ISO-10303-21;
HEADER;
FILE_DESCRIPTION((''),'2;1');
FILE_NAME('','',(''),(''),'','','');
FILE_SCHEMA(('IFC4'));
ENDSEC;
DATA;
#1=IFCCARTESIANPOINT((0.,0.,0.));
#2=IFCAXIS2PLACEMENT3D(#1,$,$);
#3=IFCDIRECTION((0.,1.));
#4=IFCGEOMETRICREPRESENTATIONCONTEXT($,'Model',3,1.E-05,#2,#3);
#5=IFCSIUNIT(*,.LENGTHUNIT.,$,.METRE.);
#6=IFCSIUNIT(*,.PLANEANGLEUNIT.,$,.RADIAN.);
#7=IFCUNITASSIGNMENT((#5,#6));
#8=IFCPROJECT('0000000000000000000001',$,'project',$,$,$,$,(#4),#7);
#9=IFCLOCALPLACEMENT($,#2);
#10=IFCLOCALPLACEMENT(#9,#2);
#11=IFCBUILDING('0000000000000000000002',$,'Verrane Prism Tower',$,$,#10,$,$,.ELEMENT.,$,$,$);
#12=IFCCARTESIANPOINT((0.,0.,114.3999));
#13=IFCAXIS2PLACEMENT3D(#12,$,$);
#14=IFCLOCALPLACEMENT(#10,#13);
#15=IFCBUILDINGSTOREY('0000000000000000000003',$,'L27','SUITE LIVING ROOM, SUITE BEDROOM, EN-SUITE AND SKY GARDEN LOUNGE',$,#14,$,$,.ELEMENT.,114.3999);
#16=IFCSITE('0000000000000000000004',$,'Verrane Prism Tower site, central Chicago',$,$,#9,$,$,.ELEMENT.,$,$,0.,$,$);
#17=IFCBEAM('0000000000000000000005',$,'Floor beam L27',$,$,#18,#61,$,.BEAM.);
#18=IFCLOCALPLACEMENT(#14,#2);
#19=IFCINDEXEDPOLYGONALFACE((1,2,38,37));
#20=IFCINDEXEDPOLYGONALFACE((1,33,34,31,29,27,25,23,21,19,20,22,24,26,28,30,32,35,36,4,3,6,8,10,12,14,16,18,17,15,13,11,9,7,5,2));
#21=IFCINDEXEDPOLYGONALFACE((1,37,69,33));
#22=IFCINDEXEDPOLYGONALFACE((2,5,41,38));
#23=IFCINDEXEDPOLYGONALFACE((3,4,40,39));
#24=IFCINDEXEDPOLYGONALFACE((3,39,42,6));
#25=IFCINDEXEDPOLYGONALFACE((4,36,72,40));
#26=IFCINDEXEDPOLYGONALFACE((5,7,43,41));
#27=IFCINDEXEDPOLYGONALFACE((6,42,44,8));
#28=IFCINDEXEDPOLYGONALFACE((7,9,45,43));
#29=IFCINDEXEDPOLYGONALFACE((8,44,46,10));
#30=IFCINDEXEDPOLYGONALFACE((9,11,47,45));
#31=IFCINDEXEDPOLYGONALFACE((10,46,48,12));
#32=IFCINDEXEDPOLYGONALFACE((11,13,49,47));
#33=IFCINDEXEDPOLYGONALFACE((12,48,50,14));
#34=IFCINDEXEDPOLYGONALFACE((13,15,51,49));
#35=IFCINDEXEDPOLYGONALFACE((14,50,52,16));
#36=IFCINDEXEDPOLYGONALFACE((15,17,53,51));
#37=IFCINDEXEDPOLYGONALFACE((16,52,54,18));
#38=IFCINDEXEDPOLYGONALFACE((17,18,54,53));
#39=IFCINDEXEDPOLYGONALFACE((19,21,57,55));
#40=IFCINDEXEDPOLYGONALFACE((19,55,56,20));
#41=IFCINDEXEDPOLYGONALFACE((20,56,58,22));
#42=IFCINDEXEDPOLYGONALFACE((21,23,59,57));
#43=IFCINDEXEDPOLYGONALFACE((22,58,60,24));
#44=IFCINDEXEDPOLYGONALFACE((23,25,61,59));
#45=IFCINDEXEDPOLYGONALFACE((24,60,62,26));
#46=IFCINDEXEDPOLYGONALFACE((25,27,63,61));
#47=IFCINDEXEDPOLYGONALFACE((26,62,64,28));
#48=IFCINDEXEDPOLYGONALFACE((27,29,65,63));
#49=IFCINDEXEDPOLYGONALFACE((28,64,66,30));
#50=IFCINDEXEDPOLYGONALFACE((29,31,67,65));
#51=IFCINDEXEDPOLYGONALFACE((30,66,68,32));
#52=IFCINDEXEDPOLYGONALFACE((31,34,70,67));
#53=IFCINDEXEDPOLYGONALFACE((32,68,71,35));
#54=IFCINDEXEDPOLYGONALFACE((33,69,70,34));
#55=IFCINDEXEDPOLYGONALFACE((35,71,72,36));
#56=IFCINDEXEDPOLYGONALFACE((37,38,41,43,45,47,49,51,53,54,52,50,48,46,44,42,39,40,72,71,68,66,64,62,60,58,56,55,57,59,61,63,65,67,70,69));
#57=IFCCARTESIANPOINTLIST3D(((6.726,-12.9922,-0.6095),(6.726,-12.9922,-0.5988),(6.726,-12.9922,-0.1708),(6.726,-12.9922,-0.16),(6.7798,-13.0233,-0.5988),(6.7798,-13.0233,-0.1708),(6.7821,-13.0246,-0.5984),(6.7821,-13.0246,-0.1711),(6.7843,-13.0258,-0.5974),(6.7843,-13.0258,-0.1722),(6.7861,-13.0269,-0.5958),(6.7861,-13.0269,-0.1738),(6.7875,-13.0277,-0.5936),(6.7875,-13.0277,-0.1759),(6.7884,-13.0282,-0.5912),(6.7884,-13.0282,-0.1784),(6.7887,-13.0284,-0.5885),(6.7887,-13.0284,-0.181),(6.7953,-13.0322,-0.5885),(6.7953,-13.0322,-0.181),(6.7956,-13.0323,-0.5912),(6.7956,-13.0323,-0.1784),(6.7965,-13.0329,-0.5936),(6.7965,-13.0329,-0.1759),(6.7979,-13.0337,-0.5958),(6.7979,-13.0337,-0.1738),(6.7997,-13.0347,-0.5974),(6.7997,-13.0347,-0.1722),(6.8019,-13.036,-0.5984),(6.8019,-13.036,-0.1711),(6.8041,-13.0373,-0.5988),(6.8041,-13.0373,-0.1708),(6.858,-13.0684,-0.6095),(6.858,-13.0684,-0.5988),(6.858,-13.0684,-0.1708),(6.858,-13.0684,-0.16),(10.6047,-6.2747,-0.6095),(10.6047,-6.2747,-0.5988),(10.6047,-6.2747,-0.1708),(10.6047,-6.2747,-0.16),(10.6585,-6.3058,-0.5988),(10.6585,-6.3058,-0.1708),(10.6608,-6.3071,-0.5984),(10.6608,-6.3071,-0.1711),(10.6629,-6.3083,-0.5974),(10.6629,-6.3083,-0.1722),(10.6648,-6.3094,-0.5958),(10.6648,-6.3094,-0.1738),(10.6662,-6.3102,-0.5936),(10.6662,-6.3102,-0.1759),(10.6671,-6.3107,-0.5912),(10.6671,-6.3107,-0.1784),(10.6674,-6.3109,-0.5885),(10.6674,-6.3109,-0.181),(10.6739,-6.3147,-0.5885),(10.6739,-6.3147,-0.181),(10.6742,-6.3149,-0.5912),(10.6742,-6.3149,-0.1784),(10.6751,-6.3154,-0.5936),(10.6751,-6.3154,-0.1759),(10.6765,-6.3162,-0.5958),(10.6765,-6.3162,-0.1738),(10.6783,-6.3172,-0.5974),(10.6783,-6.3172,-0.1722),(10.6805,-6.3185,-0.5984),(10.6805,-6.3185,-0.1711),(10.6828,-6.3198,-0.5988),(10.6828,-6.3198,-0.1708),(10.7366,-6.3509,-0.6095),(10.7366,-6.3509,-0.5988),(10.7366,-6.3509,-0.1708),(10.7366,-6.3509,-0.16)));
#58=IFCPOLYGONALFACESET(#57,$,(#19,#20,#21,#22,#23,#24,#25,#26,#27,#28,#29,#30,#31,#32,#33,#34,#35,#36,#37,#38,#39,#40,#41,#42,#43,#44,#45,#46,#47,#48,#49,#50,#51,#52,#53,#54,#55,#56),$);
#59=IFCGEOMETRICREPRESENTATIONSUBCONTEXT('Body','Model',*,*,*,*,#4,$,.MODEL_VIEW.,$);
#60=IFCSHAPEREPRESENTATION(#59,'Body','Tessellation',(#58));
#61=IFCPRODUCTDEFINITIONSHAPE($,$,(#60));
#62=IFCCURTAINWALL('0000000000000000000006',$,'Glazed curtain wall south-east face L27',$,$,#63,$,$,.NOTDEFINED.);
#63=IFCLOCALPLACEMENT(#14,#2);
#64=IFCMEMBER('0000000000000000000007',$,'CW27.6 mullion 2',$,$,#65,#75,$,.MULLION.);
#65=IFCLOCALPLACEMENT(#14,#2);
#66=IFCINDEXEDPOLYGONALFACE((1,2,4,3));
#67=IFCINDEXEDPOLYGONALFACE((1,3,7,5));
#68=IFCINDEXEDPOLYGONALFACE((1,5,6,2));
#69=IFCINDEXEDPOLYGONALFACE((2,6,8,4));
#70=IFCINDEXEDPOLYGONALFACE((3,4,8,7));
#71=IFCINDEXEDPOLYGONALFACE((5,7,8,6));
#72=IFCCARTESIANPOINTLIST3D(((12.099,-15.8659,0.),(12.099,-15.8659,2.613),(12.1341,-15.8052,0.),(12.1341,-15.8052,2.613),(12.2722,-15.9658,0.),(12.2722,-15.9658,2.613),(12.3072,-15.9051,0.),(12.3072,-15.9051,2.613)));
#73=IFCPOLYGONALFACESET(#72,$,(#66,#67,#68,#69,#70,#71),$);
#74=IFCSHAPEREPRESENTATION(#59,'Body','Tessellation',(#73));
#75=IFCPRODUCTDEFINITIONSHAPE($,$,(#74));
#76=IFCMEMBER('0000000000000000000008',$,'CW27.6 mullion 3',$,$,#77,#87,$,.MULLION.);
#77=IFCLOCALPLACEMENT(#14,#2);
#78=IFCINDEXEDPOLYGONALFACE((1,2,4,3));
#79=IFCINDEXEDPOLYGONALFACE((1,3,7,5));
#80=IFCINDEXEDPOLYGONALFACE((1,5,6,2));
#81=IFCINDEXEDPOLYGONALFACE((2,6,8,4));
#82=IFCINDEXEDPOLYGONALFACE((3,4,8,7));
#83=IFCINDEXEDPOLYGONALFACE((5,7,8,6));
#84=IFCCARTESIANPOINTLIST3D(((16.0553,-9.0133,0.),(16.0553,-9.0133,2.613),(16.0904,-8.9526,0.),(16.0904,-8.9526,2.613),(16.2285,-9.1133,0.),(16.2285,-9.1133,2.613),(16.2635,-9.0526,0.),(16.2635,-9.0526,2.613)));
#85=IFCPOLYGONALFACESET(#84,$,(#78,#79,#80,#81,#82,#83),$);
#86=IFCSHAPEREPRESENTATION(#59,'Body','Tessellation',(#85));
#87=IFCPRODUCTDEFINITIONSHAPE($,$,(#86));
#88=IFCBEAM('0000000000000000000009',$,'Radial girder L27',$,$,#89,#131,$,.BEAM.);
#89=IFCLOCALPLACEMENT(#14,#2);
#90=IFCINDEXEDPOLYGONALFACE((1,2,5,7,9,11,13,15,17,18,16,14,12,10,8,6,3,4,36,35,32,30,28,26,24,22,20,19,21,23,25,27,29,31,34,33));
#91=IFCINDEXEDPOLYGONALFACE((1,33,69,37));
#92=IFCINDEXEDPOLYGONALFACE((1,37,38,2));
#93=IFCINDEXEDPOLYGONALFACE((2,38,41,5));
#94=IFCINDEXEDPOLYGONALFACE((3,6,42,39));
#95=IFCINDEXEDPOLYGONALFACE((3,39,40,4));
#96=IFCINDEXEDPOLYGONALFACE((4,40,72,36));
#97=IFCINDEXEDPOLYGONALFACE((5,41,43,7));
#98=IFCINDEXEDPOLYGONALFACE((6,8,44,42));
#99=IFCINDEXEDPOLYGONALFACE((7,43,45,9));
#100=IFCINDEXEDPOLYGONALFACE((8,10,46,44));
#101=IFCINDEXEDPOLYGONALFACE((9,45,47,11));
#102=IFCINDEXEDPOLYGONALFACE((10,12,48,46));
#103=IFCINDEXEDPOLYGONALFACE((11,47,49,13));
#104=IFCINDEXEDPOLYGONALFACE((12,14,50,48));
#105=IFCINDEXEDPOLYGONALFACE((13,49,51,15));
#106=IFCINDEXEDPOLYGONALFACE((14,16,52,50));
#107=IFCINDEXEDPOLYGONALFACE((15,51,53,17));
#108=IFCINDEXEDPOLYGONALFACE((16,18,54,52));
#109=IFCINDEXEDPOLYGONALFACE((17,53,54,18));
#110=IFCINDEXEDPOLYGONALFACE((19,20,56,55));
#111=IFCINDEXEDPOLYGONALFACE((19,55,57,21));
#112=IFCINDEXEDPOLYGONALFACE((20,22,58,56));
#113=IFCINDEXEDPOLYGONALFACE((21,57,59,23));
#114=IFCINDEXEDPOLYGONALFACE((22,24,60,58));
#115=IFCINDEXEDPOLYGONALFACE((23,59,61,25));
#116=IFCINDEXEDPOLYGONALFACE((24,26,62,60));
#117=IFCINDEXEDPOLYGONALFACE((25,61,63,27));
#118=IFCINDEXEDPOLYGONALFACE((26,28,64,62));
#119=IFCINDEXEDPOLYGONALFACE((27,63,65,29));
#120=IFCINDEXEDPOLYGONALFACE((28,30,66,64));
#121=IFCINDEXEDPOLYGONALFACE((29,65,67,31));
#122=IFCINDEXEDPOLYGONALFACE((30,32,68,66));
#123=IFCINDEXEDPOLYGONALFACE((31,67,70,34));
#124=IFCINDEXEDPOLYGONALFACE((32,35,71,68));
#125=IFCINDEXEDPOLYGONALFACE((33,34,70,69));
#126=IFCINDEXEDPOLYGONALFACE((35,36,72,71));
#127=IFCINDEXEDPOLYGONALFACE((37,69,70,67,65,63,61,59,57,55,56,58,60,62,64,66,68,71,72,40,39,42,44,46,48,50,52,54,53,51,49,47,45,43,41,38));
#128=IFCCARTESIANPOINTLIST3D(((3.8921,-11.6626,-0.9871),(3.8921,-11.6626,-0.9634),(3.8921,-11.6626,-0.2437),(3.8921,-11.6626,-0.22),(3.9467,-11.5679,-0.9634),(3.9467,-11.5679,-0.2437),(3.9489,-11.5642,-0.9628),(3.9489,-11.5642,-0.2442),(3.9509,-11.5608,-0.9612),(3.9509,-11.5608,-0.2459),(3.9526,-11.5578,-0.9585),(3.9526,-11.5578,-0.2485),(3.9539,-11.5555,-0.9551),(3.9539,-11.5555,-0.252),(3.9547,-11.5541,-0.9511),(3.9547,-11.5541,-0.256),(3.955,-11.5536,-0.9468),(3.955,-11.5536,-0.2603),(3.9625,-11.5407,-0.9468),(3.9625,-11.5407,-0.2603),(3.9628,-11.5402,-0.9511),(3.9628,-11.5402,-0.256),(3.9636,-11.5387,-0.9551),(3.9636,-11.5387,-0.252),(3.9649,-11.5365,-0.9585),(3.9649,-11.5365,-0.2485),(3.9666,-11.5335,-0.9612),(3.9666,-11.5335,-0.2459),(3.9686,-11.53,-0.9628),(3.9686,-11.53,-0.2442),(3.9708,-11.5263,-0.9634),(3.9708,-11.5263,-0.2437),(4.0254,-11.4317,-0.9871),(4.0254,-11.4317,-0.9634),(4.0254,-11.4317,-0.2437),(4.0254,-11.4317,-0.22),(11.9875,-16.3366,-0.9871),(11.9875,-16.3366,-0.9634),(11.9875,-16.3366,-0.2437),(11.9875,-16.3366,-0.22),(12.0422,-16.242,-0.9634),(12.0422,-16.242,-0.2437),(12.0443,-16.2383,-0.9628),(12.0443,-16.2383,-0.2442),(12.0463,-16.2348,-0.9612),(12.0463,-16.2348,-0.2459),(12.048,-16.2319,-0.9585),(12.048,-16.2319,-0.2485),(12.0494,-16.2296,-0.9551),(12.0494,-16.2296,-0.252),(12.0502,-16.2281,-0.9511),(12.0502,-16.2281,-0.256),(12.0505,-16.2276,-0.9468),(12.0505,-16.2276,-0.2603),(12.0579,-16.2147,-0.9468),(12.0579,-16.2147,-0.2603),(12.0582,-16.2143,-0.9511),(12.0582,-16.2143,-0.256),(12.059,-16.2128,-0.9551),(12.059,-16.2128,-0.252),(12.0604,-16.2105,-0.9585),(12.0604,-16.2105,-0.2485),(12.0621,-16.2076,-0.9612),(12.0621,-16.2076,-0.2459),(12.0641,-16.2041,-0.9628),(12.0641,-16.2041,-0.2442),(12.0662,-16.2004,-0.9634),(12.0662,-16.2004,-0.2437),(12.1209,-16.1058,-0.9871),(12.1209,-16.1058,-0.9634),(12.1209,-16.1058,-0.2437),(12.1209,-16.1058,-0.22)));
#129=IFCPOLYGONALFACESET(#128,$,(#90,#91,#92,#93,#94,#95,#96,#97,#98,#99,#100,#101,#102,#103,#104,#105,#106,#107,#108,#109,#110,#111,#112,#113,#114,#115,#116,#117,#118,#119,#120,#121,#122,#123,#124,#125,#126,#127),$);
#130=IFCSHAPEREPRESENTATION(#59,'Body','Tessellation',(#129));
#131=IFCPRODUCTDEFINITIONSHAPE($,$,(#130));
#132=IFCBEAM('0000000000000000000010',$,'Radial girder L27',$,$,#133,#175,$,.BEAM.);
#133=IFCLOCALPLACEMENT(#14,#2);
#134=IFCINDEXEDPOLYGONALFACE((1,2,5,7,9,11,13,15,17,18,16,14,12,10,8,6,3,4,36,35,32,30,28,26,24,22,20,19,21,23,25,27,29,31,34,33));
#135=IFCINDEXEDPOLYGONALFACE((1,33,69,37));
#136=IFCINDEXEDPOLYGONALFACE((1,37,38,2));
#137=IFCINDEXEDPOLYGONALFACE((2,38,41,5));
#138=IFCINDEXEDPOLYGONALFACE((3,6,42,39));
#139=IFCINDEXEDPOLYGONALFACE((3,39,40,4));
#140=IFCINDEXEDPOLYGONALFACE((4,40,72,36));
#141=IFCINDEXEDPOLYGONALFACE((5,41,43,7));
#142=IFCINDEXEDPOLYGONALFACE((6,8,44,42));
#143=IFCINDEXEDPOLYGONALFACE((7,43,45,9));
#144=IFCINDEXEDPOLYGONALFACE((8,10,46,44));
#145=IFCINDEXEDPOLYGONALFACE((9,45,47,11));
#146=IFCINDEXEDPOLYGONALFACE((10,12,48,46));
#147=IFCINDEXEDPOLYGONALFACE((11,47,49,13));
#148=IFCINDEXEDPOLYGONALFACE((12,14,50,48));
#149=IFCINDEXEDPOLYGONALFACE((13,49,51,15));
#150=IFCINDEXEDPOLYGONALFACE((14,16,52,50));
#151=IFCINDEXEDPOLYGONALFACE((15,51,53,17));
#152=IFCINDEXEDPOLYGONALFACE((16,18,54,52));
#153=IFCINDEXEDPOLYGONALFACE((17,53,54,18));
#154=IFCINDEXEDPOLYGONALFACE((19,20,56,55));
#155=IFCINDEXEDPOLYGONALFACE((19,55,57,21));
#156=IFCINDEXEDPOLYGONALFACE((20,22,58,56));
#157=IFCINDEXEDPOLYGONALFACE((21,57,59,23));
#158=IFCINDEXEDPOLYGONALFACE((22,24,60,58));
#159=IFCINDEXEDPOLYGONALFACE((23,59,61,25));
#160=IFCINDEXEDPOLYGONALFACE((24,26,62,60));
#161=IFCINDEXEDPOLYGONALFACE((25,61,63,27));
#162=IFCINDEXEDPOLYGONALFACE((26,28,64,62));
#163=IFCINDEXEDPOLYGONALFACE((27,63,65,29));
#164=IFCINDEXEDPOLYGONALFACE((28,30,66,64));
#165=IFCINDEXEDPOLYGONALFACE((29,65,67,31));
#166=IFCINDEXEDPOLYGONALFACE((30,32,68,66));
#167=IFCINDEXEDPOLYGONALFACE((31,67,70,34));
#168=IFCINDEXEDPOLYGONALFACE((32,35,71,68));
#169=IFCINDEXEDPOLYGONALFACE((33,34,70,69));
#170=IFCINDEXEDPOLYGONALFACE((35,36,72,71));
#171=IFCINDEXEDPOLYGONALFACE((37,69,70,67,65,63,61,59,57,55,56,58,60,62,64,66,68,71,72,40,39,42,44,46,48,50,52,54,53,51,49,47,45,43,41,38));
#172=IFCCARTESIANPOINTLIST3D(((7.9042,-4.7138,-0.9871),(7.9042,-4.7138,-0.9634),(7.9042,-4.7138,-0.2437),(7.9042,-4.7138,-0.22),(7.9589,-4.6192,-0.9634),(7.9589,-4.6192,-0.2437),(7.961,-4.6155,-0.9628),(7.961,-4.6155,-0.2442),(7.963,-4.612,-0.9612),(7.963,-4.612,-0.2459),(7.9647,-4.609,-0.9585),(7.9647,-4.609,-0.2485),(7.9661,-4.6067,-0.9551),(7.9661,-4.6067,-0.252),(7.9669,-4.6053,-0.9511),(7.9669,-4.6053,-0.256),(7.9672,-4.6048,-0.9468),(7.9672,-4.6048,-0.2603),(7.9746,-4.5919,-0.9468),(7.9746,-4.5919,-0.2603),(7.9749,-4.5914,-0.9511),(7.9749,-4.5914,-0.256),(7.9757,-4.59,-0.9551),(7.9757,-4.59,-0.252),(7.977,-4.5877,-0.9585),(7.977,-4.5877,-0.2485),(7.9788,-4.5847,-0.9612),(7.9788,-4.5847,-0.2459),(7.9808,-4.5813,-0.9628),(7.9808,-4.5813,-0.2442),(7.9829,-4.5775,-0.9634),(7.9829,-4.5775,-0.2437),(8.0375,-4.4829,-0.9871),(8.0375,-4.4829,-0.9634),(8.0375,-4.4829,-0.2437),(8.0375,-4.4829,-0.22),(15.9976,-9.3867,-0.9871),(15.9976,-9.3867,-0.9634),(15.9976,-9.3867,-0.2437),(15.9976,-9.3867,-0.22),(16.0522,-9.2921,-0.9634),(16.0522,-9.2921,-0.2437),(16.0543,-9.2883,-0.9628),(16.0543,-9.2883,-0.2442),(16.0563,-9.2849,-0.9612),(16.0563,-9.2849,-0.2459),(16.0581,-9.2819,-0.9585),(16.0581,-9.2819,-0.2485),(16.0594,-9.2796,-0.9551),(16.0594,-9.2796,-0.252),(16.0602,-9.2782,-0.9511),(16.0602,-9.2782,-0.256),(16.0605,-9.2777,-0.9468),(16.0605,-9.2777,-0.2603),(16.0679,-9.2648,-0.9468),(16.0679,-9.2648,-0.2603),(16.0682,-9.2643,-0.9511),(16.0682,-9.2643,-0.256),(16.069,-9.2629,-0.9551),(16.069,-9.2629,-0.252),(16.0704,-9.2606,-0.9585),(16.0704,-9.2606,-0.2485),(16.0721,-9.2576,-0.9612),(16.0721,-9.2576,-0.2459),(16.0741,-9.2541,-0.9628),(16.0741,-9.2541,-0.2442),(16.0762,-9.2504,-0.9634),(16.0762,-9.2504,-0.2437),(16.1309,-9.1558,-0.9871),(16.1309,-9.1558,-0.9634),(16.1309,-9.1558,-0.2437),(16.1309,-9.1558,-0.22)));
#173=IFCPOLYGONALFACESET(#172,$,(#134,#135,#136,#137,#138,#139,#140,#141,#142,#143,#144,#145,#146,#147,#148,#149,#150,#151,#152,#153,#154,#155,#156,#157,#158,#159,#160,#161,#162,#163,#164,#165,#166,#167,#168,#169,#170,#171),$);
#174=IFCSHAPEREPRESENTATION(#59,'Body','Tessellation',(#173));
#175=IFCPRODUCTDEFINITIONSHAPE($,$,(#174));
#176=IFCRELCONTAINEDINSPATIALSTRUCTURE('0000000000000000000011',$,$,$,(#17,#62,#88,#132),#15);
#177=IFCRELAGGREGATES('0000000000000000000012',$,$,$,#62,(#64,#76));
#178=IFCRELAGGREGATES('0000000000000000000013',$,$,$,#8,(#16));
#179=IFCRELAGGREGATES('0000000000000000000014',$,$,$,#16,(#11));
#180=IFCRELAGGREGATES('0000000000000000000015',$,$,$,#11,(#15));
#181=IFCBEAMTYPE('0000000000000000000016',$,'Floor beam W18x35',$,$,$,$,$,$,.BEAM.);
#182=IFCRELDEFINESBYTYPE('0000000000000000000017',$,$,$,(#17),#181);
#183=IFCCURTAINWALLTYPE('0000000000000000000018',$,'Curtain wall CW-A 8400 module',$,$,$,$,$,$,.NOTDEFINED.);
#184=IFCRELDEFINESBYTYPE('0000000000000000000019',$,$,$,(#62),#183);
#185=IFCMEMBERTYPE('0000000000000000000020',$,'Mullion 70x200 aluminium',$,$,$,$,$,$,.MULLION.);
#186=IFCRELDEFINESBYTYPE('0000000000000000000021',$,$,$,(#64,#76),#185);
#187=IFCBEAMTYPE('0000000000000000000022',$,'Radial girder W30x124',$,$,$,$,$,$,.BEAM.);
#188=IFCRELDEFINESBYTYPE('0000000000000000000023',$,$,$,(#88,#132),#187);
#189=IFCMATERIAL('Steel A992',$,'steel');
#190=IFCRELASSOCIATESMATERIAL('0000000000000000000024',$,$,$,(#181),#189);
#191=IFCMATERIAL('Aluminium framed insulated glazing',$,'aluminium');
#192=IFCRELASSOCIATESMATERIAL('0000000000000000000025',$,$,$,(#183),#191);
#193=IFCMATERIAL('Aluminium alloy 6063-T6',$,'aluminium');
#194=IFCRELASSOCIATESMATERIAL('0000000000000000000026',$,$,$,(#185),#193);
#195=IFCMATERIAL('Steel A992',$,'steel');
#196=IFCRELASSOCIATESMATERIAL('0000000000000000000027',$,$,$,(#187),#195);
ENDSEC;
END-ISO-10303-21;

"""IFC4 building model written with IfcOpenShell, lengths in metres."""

from ifc_helpers import new_model, si_unit, direction, frame, origin, origin_2d, place, context, subcontext, project, spatial, rectangle, i_section, extrude, material, material_profile, profile_set, type_object, element, aggregate, save


model = new_model("IFC4")

# Units and contexts
model_context = context("Model", 3, precision=1e-05, world=origin(), true_north=direction((0.0, 1.0)))
body_context = subcontext(model_context, "Body", "Model", "MODEL_VIEW")
ifc_project = project(units=[si_unit("LENGTHUNIT", "METRE"), si_unit("PLANEANGLEUNIT", "RADIAN")], contexts=[model_context])

# Site, building, storey
site_placement = place(None, origin())
site = spatial("IfcSite", under=ifc_project, at=site_placement, Name="Verrane Prism Tower site, central Chicago", CompositionType="ELEMENT", RefElevation=0.0)
building_placement = place(site_placement, origin())
building = spatial("IfcBuilding", under=site, at=building_placement, Name="Verrane Prism Tower", CompositionType="ELEMENT")
storey_placement = place(building_placement, frame((0.0, 0.0, 114.3999)))
storey = spatial("IfcBuildingStorey", under=building, at=storey_placement, Name="L27", Description="SUITE LIVING ROOM, SUITE BEDROOM, EN-SUITE AND SKY GARDEN LOUNGE", CompositionType="ELEMENT", Elevation=114.3999)

# Beam
ifc_material_1 = material(Name="Steel A992", Category="steel")
ifc_material_profile_1 = material_profile(ifc_material_1, i_section(OverallWidth=0.1523, OverallDepth=0.4495, WebThickness=0.0076, FlangeThickness=0.0107, FilletRadius=0.0103, at=origin_2d()), Name="W18x35")
ifc_profile_set_1 = profile_set([ifc_material_profile_1], Name="Steel A992")
beam_type_1 = type_object("IfcBeamType", Name="Floor beam W18x35", PredefinedType="BEAM", material=ifc_profile_set_1)
for number, where, z_axis, x_axis, name in (
    (1, (6.792, -13.0303, -0.3848), (0.500028, 0.866009, 0.0), (-0.866009, 0.500028, 0.0), "Floor beam L27"),
):
    element("IfcBeam", number, at=place(storey_placement, frame(where, z_axis=z_axis, x_axis=x_axis)), inside=storey, type_object=beam_type_1, Name=name, PredefinedType="BEAM", context=body_context, shape_type="SweptSolid", body=[
        extrude(i_section(OverallWidth=0.1523, OverallDepth=0.4495, WebThickness=0.0076, FlangeThickness=0.0107, FilletRadius=0.0103, at=origin_2d()), origin(), (0.0, 0.0, 1.0), 7.7568),
    ])

# Curtain wall, members
ifc_material_2 = material(Name="Aluminium framed insulated glazing", Category="aluminium")
curtain_wall_type = type_object("IfcCurtainWallType", Name="Curtain wall CW-A 8400 module", PredefinedType="NOTDEFINED", material=ifc_material_2)
curtain_wall_placement = place(storey_placement, origin())
curtain_wall = element("IfcCurtainWall", 2, at=curtain_wall_placement, inside=storey, type_object=curtain_wall_type, Name="Glazed curtain wall south-east face L27", PredefinedType="NOTDEFINED")
ifc_material_3 = material(Name="Aluminium alloy 6063-T6", Category="aluminium")
ifc_material_profile_2 = material_profile(ifc_material_3, rectangle(XDim=0.2, YDim=0.0701, at=origin_2d()), Name="Mullion 70x200 aluminium")
ifc_profile_set_2 = profile_set([ifc_material_profile_2], Name="Aluminium alloy 6063-T6")
member_type_1 = type_object("IfcMemberType", Name="Mullion 70x200 aluminium", PredefinedType="MULLION", material=ifc_profile_set_2)
member_1_placement = place(storey_placement, frame((12.2031, -15.8855, 0.0), z_axis=(0.0, 0.0, 1.0), x_axis=(-0.866026, 0.499999, 0.0)))
member_1 = element("IfcMember", 3, at=member_1_placement, type_object=member_type_1, Name="CW27.6 mullion 2", PredefinedType="MULLION", context=body_context, shape_type="SweptSolid", body=[
    extrude(rectangle(XDim=0.2, YDim=0.0701, at=origin_2d()), origin(), (0.0, 0.0, 1.0), 2.613),
])
member_2_placement = place(storey_placement, frame((16.1594, -9.033, 0.0), z_axis=(0.0, 0.0, 1.0), x_axis=(-0.866026, 0.499999, 0.0)))
member_2 = element("IfcMember", 4, at=member_2_placement, type_object=member_type_1, Name="CW27.6 mullion 3", PredefinedType="MULLION", context=body_context, shape_type="SweptSolid", body=[
    extrude(rectangle(XDim=0.2, YDim=0.0701, at=origin_2d()), origin(), (0.0, 0.0, 1.0), 2.613),
])

# Beams
ifc_material_4 = material(Name="Steel A992", Category="steel")
ifc_material_profile_3 = material_profile(ifc_material_4, i_section(OverallWidth=0.2666, OverallDepth=0.7671, WebThickness=0.0149, FlangeThickness=0.0237, FilletRadius=0.0166, at=origin_2d()), Name="W30x124")
ifc_profile_set_3 = profile_set([ifc_material_profile_3], Name="Steel A992")
beam_type_2 = type_object("IfcBeamType", Name="Radial girder W30x124", PredefinedType="BEAM", material=ifc_profile_set_3)
beam_1_placement = place(storey_placement, frame((12.0542, -16.2212, -0.6035), z_axis=(-0.866018, 0.500013, 0.0), x_axis=(-0.500013, -0.866018, 0.0)))
element("IfcBeam", 5, at=beam_1_placement, inside=storey, type_object=beam_type_2, Name="Radial girder L27", PredefinedType="BEAM", context=body_context, shape_type="SweptSolid", body=[
    extrude(i_section(OverallWidth=0.2666, OverallDepth=0.7671, WebThickness=0.0149, FlangeThickness=0.0237, FilletRadius=0.0166, at=origin_2d()), origin(), (0.0, 0.0, 1.0), 9.3479),
])
beam_2_placement = place(storey_placement, frame((16.0642, -9.2712, -0.6035), z_axis=(-0.866016, 0.500016, 0.0), x_axis=(-0.500016, -0.866016, 0.0)))
element("IfcBeam", 6, at=beam_2_placement, inside=storey, type_object=beam_type_2, Name="Radial girder L27", PredefinedType="BEAM", context=body_context, shape_type="SweptSolid", body=[
    extrude(i_section(OverallWidth=0.2666, OverallDepth=0.7671, WebThickness=0.0149, FlangeThickness=0.0237, FilletRadius=0.0166, at=origin_2d()), origin(), (0.0, 0.0, 1.0), 9.3455),
])

aggregate(curtain_wall, [member_1, member_2])

save(model, "model.ifc")
